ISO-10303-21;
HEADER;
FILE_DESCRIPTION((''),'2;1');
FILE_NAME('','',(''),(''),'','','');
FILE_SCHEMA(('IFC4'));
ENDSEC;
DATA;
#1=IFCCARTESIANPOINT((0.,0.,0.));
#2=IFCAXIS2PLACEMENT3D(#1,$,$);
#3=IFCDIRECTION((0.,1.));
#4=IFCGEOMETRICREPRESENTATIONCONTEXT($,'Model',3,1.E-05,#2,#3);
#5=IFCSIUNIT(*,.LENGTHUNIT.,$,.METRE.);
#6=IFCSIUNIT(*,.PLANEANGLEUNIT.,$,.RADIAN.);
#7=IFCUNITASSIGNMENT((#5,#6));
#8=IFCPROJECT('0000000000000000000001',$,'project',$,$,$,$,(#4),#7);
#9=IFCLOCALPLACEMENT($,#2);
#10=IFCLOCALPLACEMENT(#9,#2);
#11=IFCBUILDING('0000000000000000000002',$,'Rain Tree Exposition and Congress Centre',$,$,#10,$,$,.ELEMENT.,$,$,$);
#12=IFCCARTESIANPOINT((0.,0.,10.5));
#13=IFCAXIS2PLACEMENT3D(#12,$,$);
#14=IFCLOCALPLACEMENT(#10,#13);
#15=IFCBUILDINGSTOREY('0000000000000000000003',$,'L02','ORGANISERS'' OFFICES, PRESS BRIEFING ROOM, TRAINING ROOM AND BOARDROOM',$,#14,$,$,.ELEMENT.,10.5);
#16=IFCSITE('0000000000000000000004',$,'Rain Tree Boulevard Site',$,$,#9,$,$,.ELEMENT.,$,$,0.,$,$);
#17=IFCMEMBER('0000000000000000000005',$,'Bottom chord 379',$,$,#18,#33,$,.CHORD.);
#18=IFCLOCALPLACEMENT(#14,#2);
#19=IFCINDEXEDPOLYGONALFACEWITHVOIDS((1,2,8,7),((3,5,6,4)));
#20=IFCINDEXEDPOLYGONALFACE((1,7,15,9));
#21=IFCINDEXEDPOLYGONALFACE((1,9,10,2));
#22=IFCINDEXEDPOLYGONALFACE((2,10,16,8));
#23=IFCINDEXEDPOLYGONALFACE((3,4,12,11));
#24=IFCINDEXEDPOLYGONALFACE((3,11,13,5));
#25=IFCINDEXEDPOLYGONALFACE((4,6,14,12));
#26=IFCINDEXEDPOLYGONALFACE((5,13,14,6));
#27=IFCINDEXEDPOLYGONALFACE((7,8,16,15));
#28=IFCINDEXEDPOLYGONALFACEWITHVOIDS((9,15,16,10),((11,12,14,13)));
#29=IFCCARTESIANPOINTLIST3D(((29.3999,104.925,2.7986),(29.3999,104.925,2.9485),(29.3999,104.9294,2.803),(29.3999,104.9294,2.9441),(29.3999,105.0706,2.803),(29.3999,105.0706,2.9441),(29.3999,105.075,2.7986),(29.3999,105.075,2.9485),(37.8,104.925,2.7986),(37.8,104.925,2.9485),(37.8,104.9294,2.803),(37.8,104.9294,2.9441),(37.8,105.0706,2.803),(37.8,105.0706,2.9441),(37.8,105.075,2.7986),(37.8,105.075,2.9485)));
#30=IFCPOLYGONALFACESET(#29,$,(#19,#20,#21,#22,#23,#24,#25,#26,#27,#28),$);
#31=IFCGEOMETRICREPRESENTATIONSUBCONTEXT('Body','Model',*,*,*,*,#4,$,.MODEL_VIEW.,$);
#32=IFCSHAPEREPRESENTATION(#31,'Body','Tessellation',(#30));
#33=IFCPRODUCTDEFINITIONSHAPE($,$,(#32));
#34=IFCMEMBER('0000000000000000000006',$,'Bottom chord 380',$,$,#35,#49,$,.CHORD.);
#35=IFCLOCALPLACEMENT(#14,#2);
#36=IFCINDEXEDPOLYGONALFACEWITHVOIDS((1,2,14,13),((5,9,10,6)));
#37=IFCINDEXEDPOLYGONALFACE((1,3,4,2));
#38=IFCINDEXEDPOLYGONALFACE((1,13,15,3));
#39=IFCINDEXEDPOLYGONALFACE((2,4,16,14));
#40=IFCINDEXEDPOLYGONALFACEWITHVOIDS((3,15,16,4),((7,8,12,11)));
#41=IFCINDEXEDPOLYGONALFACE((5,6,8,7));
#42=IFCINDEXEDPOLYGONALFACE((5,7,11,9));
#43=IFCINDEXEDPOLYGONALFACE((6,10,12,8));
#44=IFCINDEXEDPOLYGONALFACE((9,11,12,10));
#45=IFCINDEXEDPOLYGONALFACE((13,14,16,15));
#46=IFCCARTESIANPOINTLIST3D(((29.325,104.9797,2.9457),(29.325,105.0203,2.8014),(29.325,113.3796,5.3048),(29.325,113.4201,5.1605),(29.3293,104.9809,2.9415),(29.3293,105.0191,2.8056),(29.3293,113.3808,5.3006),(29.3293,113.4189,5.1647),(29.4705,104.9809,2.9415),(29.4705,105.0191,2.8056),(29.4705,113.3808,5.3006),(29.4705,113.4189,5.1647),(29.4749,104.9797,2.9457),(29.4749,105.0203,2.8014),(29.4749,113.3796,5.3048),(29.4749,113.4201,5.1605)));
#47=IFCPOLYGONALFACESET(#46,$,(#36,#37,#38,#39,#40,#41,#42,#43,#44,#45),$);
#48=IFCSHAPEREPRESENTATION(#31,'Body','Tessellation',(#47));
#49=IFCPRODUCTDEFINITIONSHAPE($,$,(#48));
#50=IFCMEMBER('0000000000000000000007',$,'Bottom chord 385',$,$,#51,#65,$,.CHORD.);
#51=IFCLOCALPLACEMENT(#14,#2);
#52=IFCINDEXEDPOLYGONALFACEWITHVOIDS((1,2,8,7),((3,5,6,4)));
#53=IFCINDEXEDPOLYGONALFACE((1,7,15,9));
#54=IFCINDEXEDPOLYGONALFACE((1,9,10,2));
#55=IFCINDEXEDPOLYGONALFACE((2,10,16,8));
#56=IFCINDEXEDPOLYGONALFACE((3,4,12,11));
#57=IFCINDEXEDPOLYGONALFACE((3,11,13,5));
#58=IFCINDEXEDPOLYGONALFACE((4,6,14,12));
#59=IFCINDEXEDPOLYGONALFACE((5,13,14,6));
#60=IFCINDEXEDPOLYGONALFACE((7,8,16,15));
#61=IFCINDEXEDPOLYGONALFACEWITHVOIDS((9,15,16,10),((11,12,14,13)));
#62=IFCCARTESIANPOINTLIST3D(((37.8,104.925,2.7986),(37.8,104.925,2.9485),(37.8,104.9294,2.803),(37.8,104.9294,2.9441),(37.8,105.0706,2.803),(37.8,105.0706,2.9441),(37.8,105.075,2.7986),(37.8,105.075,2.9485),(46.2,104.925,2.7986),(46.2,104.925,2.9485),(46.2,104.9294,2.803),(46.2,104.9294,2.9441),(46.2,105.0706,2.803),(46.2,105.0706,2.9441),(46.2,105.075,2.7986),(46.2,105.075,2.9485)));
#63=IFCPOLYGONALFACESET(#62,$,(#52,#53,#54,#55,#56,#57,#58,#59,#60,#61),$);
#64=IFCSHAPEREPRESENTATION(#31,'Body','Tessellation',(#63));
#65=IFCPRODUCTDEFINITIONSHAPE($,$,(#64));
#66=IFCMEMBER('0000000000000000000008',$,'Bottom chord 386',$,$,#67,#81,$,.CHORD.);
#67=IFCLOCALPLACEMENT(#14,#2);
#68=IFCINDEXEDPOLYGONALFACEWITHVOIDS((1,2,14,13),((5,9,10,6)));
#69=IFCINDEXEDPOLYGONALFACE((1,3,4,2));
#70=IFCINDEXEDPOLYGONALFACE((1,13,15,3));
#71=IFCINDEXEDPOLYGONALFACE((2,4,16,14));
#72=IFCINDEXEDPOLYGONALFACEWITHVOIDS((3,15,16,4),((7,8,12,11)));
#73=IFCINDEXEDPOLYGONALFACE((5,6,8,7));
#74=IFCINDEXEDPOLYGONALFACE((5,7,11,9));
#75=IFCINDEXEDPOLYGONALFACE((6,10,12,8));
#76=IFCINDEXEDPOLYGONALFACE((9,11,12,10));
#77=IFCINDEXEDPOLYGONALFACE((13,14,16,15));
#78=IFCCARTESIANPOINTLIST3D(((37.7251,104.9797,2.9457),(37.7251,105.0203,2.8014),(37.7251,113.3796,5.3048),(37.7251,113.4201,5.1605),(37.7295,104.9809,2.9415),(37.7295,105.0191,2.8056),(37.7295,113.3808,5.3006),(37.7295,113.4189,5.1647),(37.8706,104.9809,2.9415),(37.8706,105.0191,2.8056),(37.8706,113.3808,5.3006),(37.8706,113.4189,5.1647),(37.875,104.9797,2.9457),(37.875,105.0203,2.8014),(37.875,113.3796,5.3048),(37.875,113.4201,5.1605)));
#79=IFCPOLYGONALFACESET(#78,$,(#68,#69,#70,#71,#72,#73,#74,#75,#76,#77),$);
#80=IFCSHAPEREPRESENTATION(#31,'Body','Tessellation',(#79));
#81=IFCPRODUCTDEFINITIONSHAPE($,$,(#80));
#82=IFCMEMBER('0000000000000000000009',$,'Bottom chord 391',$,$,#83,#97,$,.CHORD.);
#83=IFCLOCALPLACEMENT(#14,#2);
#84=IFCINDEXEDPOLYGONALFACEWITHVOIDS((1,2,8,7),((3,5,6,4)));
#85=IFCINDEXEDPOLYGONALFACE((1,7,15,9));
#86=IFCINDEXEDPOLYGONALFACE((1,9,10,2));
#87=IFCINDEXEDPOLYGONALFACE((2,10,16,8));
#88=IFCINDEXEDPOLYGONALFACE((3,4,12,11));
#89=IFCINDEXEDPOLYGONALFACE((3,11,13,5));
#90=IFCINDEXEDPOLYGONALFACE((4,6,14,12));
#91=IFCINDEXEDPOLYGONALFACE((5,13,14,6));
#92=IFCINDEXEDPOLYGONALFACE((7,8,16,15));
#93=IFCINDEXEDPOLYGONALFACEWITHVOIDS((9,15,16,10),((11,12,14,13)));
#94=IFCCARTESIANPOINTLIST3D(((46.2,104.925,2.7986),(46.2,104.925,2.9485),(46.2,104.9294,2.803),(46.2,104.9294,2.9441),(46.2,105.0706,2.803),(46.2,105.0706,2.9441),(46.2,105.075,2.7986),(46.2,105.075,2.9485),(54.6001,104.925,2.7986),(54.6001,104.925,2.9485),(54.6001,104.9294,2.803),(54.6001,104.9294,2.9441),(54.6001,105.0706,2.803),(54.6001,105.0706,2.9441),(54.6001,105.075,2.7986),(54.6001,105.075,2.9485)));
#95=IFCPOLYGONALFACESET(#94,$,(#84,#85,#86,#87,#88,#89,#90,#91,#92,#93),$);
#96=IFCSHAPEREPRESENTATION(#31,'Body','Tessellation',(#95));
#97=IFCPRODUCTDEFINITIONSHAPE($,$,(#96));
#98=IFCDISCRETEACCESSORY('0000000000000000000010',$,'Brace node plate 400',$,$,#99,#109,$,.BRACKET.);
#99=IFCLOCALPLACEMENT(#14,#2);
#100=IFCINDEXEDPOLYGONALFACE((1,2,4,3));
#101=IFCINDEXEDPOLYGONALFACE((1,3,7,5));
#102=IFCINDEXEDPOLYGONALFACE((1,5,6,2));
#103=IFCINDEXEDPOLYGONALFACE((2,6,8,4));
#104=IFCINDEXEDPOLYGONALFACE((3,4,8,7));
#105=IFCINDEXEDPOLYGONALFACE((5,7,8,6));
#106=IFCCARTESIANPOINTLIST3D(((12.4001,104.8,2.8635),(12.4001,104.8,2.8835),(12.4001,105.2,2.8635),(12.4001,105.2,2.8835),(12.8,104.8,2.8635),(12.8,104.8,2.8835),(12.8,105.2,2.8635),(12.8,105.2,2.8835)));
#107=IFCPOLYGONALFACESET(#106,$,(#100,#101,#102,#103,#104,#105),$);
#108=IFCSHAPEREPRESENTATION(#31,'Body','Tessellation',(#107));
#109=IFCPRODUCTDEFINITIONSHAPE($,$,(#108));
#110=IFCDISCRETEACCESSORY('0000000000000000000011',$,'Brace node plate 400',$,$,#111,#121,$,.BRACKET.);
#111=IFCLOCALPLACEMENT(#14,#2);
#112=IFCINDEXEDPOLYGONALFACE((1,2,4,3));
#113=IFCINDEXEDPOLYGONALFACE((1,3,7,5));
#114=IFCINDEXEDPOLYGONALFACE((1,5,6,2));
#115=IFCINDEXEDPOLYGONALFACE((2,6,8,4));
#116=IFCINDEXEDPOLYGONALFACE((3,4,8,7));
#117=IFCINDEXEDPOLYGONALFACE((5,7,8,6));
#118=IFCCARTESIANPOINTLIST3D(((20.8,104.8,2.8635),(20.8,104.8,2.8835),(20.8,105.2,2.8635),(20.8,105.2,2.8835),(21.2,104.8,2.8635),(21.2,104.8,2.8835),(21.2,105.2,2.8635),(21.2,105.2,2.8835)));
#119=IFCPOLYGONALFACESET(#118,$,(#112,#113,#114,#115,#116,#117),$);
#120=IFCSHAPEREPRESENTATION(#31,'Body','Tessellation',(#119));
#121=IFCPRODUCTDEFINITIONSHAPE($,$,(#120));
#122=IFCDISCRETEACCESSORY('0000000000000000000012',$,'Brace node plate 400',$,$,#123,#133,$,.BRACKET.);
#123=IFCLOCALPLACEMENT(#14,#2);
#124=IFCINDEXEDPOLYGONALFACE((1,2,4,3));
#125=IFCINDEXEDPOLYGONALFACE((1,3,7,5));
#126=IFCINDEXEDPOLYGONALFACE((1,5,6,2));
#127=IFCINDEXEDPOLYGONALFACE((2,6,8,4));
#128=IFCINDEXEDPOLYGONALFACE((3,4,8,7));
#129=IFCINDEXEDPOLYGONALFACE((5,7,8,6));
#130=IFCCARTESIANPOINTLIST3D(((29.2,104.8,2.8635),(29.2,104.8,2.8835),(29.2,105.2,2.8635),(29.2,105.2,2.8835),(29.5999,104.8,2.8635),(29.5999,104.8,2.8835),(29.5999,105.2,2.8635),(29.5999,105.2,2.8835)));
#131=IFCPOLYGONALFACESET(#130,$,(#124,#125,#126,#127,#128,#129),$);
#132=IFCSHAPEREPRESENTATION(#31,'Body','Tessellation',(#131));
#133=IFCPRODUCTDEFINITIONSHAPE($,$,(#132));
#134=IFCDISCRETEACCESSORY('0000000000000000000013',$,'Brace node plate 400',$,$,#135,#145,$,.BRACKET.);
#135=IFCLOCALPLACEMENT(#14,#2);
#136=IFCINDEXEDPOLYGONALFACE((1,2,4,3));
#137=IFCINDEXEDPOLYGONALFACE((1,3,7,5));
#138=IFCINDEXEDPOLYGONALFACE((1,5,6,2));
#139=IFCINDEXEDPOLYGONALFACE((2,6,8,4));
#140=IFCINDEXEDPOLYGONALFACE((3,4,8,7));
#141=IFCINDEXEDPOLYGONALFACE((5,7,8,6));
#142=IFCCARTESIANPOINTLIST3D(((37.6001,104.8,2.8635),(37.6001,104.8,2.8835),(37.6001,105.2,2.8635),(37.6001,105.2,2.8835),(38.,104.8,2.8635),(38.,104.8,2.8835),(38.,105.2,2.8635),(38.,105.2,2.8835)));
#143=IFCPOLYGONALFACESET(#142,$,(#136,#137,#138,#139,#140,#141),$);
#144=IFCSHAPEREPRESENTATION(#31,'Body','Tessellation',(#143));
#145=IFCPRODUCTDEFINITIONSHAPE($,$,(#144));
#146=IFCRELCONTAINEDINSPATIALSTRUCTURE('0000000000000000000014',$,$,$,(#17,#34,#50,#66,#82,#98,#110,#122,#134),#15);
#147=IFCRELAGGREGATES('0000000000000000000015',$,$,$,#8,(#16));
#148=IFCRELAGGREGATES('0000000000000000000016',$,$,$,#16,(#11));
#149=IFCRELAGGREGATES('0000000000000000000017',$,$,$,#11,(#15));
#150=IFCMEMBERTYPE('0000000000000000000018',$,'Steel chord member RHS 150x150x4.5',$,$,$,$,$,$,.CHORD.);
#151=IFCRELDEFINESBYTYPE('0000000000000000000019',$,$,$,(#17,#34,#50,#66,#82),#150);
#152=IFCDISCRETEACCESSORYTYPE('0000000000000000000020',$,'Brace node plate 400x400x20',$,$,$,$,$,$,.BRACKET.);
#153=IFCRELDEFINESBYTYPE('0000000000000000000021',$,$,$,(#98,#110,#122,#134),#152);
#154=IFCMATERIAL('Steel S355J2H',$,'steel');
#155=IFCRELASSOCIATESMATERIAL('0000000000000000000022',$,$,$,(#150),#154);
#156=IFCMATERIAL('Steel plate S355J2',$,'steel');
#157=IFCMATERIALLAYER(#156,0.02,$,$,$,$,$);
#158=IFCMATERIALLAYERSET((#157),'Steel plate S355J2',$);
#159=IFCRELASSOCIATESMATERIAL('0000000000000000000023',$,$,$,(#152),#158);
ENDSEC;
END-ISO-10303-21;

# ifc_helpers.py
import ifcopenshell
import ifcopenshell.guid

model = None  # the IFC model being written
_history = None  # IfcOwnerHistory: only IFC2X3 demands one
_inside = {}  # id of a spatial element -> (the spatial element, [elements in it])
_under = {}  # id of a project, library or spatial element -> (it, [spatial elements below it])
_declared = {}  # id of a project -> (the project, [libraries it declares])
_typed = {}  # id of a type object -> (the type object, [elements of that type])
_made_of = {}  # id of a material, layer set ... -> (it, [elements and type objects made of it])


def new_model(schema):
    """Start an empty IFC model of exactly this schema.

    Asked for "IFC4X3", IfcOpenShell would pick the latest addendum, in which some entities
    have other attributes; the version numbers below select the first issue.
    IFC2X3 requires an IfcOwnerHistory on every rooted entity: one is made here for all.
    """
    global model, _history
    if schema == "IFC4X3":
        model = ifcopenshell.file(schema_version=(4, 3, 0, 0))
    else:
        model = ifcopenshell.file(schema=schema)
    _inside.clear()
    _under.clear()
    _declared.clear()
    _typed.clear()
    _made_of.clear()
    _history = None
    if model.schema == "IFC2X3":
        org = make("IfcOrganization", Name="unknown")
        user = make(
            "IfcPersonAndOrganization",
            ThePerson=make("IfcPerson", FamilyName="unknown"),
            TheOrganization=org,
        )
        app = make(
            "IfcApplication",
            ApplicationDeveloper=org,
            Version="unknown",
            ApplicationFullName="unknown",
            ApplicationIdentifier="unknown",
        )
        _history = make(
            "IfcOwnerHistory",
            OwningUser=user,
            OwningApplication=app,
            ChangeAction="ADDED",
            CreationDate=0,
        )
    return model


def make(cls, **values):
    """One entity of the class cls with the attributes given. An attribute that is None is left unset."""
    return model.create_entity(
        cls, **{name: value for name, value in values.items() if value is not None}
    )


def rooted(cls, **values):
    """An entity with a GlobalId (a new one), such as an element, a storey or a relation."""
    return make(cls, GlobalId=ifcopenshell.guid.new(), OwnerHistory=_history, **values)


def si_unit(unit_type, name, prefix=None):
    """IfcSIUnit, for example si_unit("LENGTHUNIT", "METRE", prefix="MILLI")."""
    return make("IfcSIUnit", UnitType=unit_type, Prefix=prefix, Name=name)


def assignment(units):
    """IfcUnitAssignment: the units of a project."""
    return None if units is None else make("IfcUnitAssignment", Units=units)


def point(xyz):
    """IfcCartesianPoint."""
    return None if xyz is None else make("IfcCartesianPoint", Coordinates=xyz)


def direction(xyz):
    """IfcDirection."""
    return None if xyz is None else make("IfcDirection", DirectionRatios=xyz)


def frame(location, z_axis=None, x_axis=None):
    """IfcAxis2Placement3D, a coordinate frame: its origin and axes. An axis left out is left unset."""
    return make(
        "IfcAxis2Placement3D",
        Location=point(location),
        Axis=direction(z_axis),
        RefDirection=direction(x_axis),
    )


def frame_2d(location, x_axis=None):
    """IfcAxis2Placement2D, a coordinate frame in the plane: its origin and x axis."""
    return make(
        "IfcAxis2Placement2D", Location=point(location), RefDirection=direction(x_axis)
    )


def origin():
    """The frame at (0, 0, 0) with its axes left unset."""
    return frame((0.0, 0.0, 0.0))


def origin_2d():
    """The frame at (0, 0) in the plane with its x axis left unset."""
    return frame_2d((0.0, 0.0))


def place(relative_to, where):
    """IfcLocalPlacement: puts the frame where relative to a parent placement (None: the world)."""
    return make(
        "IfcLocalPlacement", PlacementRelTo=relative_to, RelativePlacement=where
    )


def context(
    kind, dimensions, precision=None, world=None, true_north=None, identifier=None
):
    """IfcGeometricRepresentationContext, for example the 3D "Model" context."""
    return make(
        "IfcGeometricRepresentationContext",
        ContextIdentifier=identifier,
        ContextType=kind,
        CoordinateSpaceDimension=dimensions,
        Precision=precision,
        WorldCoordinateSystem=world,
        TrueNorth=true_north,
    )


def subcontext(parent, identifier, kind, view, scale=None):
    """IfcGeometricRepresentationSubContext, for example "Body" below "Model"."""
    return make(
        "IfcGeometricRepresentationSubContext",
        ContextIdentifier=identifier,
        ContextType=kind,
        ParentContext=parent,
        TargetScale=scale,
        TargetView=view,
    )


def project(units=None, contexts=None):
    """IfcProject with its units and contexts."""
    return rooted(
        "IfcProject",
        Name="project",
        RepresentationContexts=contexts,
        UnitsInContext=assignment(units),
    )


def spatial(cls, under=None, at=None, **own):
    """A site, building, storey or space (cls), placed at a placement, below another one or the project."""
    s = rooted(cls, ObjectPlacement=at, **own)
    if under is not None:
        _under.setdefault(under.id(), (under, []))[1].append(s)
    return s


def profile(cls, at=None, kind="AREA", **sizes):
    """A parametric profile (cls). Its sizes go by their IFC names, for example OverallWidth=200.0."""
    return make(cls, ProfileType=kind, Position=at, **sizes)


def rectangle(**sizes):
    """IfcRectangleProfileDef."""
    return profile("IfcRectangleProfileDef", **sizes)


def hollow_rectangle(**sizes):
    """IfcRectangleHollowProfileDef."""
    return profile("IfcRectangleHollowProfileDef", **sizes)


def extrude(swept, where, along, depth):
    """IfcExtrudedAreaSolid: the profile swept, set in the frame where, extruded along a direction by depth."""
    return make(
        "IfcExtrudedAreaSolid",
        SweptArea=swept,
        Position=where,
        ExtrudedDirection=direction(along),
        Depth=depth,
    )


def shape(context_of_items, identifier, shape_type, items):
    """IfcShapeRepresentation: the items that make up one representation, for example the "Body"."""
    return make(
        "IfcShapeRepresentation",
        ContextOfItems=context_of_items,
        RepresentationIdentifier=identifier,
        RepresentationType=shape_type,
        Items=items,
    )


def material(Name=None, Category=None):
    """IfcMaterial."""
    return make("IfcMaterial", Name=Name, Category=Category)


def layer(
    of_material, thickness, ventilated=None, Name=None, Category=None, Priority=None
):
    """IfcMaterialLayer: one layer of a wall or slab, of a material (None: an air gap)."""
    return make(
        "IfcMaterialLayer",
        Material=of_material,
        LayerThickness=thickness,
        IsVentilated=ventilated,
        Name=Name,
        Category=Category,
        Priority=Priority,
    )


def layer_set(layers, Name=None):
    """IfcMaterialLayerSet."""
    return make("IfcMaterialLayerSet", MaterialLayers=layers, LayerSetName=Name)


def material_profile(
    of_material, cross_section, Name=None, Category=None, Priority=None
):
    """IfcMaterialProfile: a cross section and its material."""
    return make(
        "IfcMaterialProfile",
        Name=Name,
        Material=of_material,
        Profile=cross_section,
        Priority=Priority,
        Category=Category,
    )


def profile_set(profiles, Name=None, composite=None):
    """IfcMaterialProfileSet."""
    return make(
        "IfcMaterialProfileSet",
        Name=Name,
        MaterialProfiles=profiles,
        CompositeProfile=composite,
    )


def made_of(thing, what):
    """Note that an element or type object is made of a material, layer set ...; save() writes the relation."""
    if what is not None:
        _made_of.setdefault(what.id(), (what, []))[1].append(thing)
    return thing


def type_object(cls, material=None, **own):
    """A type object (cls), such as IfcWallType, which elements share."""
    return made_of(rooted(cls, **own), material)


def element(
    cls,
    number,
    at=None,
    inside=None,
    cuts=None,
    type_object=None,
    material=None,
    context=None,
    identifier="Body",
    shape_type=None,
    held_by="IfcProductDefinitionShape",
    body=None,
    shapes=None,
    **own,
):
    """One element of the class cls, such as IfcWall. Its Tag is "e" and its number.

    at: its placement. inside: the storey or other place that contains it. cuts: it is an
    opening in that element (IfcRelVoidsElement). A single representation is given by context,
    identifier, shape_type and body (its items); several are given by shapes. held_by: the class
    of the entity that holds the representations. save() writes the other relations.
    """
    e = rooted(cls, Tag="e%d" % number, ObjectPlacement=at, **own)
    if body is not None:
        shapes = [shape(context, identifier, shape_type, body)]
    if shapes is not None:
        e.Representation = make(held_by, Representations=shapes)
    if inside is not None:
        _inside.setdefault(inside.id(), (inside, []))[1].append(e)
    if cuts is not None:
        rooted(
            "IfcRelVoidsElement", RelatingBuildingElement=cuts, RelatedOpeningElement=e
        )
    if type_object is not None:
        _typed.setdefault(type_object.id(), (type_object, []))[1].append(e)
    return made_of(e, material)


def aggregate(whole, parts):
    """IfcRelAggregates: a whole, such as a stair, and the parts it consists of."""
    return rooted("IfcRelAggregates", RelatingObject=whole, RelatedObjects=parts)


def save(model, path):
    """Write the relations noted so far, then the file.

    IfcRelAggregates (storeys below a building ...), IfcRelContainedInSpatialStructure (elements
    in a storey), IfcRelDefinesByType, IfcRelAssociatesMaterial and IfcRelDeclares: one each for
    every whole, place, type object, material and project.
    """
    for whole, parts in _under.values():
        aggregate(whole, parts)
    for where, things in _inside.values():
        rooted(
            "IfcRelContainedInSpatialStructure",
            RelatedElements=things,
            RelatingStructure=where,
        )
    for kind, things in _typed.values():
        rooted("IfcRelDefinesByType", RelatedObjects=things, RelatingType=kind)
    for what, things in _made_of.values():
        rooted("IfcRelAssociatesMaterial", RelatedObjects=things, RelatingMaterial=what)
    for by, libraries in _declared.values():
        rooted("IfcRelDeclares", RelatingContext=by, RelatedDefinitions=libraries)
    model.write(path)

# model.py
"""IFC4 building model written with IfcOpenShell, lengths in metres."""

from ifc_helpers import new_model, si_unit, direction, frame, origin, origin_2d, place, context, subcontext, project, spatial, rectangle, hollow_rectangle, extrude, material, layer, layer_set, material_profile, profile_set, type_object, element, save


model = new_model("IFC4")

# Units and contexts
model_context = context("Model", 3, precision=1e-05, world=origin(), true_north=direction((0.0, 1.0)))
body_context = subcontext(model_context, "Body", "Model", "MODEL_VIEW")
ifc_project = project(units=[si_unit("LENGTHUNIT", "METRE"), si_unit("PLANEANGLEUNIT", "RADIAN")], contexts=[model_context])

# Site, building, storey
site_placement = place(None, origin())
site = spatial("IfcSite", under=ifc_project, at=site_placement, Name="Rain Tree Boulevard Site", CompositionType="ELEMENT", RefElevation=0.0)
building_placement = place(site_placement, origin())
building = spatial("IfcBuilding", under=site, at=building_placement, Name="Rain Tree Exposition and Congress Centre", CompositionType="ELEMENT")
storey_placement = place(building_placement, frame((0.0, 0.0, 10.5)))
storey = spatial("IfcBuildingStorey", under=building, at=storey_placement, Name="L02", Description="ORGANISERS' OFFICES, PRESS BRIEFING ROOM, TRAINING ROOM AND BOARDROOM", CompositionType="ELEMENT", Elevation=10.5)

# Members
ifc_material_1 = material(Name="Steel S355J2H", Category="steel")
ifc_material_profile_1 = material_profile(ifc_material_1, hollow_rectangle(XDim=0.1499, YDim=0.1499, WallThickness=0.0044, at=origin_2d()), Name="RHS 150x150x4.5")
ifc_profile_set_1 = profile_set([ifc_material_profile_1], Name="Steel S355J2H")
member_type_1 = type_object("IfcMemberType", Name="Steel chord member RHS 150x150x4.5", PredefinedType="CHORD", material=ifc_profile_set_1)
member_1_placement = place(storey_placement, frame((29.3999, 105.0, 2.8735), z_axis=(1.0, 0.0, 0.0), x_axis=(0.0, 1.0, 0.0)))
element("IfcMember", 1, at=member_1_placement, inside=storey, type_object=member_type_1, Name="Bottom chord 379", PredefinedType="CHORD", context=body_context, shape_type="SweptSolid", body=[
    extrude(hollow_rectangle(XDim=0.1499, YDim=0.1499, WallThickness=0.0044, at=origin_2d()), origin(), (0.0, 0.0, 1.0), 8.4001),
])
member_2_placement = place(storey_placement, frame((29.3999, 105.0, 2.8735), z_axis=(0.0, 0.962751, 0.270391), x_axis=(-1.0, 0.0, 0.0)))
element("IfcMember", 2, at=member_2_placement, inside=storey, type_object=member_type_1, Name="Bottom chord 380", PredefinedType="CHORD", context=body_context, shape_type="SweptSolid", body=[
    extrude(hollow_rectangle(XDim=0.1499, YDim=0.1499, WallThickness=0.0044, at=origin_2d()), origin(), (0.0, 0.0, 1.0), 8.7249),
])
member_3_placement = place(storey_placement, frame((37.8, 105.0, 2.8735), z_axis=(1.0, 0.0, 0.0), x_axis=(0.0, 1.0, 0.0)))
element("IfcMember", 3, at=member_3_placement, inside=storey, type_object=member_type_1, Name="Bottom chord 385", PredefinedType="CHORD", context=body_context, shape_type="SweptSolid", body=[
    extrude(hollow_rectangle(XDim=0.1499, YDim=0.1499, WallThickness=0.0044, at=origin_2d()), origin(), (0.0, 0.0, 1.0), 8.3999),
])
member_4_placement = place(storey_placement, frame((37.8, 105.0, 2.8735), z_axis=(0.0, 0.962751, 0.270391), x_axis=(-1.0, 0.0, 0.0)))
element("IfcMember", 4, at=member_4_placement, inside=storey, type_object=member_type_1, Name="Bottom chord 386", PredefinedType="CHORD", context=body_context, shape_type="SweptSolid", body=[
    extrude(hollow_rectangle(XDim=0.1499, YDim=0.1499, WallThickness=0.0044, at=origin_2d()), origin(), (0.0, 0.0, 1.0), 8.7249),
])
member_5_placement = place(storey_placement, frame((46.2, 105.0, 2.8735), z_axis=(1.0, 0.0, 0.0), x_axis=(0.0, 1.0, 0.0)))
element("IfcMember", 5, at=member_5_placement, inside=storey, type_object=member_type_1, Name="Bottom chord 391", PredefinedType="CHORD", context=body_context, shape_type="SweptSolid", body=[
    extrude(hollow_rectangle(XDim=0.1499, YDim=0.1499, WallThickness=0.0044, at=origin_2d()), origin(), (0.0, 0.0, 1.0), 8.4001),
])

# Discrete accessories
ifc_material_2 = material(Name="Steel plate S355J2", Category="steel")
ifc_layer = layer(ifc_material_2, 0.02)
ifc_layer_set = layer_set([ifc_layer], Name="Steel plate S355J2")
discrete_accessory_type = type_object("IfcDiscreteAccessoryType", Name="Brace node plate 400x400x20", PredefinedType="BRACKET", material=ifc_layer_set)
for number, where, z_axis, x_axis, name in (
    (6, (12.6001, 105.0, 2.8635), (0.0, 0.0, 1.0), (1.0, 0.0, 0.0), "Brace node plate 400"),
    (7, (21.0, 105.0, 2.8635), (0.0, 0.0, 1.0), (1.0, 0.0, 0.0), "Brace node plate 400"),
    (8, (29.3999, 105.0, 2.8635), (0.0, 0.0, 1.0), (1.0, 0.0, 0.0), "Brace node plate 400"),
    (9, (37.8, 105.0, 2.8635), (0.0, 0.0, 1.0), (1.0, 0.0, 0.0), "Brace node plate 400"),
):
    element("IfcDiscreteAccessory", number, at=place(storey_placement, frame(where, z_axis=z_axis, x_axis=x_axis)), inside=storey, type_object=discrete_accessory_type, Name=name, PredefinedType="BRACKET", context=body_context, shape_type="SweptSolid", body=[
        extrude(rectangle(XDim=0.3999, YDim=0.3999, at=origin_2d()), origin(), (0.0, 0.0, 1.0), 0.02),
    ])

save(model, "model.ifc")
